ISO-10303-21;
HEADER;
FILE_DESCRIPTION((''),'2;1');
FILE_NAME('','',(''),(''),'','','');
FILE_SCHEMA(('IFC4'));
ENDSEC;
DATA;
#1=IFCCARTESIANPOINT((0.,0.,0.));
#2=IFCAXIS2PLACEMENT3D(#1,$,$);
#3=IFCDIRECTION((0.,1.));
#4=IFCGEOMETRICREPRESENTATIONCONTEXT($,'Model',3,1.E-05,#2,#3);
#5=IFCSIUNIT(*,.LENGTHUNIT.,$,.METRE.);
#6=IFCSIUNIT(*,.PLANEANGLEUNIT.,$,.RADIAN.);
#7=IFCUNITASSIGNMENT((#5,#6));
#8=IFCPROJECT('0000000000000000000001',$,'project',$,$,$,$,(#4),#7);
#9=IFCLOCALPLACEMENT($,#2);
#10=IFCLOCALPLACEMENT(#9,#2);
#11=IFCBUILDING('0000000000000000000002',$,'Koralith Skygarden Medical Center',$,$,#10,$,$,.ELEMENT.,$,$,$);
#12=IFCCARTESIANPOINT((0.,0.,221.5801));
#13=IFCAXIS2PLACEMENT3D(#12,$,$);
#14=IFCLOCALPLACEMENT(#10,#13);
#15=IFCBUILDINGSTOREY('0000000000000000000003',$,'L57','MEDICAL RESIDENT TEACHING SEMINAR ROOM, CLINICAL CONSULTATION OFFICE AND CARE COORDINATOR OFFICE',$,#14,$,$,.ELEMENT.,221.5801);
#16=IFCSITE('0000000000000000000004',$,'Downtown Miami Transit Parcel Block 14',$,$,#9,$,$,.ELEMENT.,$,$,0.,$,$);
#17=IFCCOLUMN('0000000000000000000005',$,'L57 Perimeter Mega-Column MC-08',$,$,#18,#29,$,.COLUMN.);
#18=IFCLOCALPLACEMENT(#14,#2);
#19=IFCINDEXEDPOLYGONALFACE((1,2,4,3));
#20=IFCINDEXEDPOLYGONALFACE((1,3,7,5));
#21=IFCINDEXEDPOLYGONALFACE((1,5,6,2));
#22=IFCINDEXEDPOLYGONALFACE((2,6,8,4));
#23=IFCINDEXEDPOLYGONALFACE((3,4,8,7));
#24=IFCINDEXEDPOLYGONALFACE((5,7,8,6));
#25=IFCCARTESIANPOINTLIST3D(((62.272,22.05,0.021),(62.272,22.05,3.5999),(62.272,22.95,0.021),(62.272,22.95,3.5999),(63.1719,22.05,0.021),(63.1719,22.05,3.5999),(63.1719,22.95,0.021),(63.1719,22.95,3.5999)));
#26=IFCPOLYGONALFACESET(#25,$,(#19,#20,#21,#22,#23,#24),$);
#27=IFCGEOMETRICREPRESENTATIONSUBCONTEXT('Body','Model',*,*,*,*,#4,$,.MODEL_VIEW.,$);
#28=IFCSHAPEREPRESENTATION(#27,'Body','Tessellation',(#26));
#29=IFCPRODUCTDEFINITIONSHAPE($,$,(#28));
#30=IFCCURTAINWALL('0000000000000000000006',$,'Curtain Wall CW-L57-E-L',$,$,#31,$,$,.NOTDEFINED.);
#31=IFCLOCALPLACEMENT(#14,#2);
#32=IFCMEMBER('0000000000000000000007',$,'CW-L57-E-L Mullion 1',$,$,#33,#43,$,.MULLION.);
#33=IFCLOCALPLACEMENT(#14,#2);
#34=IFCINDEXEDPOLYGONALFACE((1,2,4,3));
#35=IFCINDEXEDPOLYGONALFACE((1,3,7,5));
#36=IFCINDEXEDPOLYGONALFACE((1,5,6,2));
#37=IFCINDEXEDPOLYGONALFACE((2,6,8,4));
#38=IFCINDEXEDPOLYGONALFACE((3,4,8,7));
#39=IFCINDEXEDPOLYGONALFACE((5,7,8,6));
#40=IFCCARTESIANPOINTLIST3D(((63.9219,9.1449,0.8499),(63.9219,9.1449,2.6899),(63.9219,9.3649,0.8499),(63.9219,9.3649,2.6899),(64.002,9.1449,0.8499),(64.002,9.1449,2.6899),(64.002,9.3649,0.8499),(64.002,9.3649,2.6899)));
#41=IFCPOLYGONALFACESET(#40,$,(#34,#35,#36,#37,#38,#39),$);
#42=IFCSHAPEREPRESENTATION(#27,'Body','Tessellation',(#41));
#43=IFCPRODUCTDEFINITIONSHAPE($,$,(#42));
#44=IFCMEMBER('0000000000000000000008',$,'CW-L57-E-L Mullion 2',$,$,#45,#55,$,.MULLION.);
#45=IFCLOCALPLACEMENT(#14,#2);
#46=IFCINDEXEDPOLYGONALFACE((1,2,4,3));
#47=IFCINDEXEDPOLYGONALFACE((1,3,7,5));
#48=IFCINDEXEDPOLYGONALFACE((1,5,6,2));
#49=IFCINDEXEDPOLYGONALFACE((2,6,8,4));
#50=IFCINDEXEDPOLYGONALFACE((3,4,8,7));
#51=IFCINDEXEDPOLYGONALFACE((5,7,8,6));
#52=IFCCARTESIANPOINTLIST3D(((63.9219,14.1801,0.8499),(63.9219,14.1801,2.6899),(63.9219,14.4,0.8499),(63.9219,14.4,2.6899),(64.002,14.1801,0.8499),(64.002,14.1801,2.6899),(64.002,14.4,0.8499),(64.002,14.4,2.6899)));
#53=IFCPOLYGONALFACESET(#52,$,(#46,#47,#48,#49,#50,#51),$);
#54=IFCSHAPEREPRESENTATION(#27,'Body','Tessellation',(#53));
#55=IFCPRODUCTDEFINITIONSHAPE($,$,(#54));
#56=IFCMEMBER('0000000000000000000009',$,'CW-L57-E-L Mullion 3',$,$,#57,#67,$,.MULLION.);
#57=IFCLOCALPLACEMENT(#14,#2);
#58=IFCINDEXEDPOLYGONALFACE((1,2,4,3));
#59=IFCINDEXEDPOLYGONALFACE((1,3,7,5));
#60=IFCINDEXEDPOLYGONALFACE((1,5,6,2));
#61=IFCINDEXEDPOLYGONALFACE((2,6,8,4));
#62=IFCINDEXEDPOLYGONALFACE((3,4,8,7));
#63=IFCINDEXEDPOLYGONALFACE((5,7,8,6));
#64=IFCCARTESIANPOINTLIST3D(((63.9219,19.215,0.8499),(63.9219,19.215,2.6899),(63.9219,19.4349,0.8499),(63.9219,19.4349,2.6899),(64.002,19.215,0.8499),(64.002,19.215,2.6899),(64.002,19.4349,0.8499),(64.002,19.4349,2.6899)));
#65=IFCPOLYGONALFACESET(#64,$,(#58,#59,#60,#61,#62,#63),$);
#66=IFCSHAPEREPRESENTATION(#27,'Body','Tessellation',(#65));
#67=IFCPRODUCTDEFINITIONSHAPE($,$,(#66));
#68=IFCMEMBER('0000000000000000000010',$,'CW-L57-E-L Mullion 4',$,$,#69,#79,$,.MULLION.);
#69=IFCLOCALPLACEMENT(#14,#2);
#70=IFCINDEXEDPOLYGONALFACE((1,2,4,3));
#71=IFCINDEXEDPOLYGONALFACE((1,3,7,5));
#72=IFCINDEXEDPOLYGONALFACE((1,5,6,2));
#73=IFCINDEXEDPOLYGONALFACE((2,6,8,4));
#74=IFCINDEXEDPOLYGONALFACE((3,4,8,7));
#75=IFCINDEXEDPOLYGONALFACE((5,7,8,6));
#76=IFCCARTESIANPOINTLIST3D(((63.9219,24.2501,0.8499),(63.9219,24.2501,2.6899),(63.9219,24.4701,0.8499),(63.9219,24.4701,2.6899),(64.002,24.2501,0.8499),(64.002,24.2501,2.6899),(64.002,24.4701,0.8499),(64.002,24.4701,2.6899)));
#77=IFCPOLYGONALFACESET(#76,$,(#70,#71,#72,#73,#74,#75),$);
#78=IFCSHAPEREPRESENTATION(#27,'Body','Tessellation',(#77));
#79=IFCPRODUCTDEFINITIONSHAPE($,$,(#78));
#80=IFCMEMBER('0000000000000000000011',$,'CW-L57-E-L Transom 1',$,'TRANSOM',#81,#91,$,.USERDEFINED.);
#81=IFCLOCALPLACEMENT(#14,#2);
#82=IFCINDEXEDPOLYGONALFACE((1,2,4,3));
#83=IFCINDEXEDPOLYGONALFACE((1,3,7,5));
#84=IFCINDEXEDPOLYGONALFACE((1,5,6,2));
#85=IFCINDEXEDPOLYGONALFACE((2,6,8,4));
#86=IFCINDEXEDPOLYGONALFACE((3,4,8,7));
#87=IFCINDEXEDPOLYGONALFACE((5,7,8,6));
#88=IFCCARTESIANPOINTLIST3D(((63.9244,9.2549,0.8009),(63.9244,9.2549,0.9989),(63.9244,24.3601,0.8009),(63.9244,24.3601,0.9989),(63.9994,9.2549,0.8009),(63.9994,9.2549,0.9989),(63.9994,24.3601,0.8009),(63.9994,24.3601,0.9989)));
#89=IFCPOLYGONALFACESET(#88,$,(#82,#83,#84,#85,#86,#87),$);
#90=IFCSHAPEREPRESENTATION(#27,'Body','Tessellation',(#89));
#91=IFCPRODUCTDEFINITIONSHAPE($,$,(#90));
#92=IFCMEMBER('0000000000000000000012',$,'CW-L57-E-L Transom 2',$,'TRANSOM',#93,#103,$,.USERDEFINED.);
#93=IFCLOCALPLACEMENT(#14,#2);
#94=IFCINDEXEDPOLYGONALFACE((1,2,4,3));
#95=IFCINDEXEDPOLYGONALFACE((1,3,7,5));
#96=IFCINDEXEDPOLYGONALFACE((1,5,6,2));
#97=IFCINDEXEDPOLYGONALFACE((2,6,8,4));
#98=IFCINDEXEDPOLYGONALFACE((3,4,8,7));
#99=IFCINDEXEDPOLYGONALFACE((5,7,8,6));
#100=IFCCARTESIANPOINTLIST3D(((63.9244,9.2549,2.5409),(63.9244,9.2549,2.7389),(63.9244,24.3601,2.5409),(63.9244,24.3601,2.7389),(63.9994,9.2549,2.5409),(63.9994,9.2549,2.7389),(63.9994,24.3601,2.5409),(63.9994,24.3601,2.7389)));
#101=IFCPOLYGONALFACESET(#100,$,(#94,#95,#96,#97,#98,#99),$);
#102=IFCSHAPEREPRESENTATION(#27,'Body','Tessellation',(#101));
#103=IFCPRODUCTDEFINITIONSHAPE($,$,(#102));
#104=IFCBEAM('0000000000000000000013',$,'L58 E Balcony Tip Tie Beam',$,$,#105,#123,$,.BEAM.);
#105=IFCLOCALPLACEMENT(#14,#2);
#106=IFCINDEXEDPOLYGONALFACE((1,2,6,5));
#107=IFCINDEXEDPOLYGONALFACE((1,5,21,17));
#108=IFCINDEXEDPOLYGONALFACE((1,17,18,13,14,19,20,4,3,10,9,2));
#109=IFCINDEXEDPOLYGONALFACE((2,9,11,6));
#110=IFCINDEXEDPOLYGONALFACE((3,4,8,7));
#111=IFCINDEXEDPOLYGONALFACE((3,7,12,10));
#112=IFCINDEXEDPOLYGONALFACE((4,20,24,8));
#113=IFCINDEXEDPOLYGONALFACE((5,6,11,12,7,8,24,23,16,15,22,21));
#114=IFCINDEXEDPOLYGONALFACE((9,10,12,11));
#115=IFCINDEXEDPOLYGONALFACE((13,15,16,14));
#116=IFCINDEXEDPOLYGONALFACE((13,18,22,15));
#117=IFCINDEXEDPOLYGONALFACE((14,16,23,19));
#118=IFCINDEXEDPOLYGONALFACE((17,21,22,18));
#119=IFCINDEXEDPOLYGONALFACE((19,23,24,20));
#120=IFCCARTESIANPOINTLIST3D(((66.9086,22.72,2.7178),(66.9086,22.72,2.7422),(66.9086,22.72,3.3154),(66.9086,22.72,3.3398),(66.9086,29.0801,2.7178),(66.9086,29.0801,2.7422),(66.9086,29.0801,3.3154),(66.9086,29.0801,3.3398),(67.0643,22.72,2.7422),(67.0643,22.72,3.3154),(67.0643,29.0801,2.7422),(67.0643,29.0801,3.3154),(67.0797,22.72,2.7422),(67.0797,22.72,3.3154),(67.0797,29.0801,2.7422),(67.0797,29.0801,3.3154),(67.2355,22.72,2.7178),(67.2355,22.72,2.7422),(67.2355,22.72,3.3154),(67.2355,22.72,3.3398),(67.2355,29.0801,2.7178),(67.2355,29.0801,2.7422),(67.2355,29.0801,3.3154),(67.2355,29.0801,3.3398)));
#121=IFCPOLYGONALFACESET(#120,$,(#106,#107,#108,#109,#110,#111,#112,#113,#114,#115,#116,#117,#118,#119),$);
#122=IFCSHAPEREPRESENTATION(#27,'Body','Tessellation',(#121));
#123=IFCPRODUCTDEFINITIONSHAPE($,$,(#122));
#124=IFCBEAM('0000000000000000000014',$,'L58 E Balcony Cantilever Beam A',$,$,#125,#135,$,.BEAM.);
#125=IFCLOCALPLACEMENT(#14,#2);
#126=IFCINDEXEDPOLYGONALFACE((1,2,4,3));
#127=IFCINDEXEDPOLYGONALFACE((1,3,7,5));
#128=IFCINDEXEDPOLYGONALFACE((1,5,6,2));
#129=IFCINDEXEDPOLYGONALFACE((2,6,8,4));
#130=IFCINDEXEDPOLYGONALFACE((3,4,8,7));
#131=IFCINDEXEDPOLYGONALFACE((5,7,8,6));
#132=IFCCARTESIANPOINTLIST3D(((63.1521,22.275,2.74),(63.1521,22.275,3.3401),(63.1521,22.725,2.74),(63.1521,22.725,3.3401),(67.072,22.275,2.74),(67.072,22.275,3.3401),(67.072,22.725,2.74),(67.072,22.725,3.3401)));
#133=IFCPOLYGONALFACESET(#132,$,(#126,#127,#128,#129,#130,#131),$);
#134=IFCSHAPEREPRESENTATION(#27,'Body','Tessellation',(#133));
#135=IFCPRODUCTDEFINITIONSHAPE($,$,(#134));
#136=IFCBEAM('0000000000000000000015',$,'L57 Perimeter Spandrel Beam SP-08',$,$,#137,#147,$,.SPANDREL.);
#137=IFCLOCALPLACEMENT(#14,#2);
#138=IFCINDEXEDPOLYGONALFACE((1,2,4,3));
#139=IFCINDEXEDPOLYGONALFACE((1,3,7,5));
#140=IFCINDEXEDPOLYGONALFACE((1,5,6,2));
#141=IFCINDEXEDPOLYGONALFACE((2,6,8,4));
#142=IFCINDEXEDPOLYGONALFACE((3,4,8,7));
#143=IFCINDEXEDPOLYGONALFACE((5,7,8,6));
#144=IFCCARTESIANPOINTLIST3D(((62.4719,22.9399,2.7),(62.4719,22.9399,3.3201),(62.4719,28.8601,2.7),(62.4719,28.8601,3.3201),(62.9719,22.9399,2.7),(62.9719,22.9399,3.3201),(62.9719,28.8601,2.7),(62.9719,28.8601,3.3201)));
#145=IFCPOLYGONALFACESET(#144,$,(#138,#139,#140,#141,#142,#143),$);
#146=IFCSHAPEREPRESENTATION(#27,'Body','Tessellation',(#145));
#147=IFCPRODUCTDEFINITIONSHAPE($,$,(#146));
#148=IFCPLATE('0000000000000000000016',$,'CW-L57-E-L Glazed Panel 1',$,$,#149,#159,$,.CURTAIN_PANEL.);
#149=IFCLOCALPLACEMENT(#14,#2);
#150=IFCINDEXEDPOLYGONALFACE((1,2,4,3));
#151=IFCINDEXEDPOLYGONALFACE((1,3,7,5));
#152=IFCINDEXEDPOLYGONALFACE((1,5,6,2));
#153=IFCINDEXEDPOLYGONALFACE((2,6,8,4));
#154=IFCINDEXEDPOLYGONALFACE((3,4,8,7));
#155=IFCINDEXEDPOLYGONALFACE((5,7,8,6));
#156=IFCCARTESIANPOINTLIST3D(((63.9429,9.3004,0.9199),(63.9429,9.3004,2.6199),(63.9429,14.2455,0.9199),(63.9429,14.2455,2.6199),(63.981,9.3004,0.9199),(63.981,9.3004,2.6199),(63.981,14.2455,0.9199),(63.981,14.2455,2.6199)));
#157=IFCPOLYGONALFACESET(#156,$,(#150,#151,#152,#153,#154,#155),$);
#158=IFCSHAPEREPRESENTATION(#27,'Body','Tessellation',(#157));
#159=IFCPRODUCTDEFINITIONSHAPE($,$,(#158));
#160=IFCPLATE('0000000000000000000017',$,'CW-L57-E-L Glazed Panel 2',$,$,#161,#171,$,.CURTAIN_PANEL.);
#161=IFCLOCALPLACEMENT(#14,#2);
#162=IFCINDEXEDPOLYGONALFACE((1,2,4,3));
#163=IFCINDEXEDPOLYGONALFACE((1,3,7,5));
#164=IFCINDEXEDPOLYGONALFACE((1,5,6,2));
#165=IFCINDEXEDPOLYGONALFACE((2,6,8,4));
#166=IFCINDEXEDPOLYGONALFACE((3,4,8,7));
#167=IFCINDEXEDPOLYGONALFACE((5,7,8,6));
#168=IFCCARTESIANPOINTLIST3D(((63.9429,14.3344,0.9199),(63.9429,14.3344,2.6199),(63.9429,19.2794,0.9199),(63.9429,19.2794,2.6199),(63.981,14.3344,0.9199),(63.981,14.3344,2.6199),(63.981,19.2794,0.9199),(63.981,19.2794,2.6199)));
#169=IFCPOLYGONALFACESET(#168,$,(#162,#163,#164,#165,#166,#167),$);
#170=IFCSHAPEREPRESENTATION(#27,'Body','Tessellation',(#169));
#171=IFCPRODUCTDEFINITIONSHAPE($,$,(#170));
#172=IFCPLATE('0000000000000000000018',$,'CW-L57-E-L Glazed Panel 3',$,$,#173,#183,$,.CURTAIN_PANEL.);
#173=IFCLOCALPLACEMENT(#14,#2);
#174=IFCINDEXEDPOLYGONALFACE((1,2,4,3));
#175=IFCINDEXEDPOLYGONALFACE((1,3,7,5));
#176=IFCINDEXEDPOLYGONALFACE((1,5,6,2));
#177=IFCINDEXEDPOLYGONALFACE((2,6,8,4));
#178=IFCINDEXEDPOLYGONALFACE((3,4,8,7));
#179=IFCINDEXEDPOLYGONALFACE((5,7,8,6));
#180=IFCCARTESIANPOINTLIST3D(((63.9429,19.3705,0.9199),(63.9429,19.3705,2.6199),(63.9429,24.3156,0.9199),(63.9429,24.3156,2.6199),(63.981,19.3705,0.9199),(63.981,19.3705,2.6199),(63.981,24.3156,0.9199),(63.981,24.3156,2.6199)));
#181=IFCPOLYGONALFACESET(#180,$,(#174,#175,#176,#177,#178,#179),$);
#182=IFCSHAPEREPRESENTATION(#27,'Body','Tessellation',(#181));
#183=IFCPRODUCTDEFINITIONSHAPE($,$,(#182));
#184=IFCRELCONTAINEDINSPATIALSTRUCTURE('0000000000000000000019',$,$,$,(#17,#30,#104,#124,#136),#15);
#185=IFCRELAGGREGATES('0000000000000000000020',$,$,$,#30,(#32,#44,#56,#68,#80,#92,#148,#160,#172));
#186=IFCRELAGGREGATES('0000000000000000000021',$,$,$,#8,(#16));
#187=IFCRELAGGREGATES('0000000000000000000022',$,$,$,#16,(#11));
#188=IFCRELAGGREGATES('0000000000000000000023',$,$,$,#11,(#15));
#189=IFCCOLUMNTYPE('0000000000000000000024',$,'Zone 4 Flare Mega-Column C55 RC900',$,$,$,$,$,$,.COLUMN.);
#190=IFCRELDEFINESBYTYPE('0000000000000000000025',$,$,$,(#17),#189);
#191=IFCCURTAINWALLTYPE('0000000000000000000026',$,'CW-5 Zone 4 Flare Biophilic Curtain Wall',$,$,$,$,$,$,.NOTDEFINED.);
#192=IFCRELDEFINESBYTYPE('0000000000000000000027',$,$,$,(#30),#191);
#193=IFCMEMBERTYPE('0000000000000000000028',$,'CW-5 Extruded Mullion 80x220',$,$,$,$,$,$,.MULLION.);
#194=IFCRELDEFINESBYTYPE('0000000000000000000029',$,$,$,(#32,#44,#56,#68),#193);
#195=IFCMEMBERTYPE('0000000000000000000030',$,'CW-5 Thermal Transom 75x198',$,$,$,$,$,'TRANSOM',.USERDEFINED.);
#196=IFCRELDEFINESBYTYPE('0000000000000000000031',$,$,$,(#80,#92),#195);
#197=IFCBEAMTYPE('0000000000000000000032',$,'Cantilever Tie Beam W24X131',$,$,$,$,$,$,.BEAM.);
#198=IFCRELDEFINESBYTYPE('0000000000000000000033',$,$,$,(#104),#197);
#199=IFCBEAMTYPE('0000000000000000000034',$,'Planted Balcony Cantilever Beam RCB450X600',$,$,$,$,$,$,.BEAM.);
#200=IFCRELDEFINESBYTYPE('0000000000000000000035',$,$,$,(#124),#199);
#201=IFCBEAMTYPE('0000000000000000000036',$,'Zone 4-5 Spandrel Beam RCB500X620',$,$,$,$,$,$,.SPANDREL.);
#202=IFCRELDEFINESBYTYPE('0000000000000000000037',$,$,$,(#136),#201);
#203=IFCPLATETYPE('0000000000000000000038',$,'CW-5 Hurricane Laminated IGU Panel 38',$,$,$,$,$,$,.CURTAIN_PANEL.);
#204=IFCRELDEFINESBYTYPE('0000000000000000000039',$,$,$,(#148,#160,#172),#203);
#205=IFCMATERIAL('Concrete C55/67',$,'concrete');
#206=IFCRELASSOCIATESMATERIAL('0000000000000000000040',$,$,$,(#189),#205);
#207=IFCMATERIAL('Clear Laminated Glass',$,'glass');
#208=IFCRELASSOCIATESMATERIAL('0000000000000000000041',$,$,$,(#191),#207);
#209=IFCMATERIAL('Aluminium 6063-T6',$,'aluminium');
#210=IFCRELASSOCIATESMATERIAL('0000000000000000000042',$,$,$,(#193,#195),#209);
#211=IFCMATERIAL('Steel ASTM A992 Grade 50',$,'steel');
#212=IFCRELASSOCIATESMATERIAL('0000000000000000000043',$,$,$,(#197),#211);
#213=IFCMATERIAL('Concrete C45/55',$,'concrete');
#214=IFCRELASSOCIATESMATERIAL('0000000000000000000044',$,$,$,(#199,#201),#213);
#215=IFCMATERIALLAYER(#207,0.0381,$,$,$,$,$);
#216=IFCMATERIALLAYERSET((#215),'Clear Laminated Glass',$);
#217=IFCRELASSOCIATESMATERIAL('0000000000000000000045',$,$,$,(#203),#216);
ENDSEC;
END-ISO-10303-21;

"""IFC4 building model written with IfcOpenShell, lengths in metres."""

from ifc_helpers import new_model, si_unit, direction, frame, origin, origin_2d, place, context, subcontext, project, spatial, rectangle, i_section, extrude, material, layer, layer_set, material_profile, profile_set, type_object, element, aggregate, save


model = new_model("IFC4")

# Units and contexts
model_context = context("Model", 3, precision=1e-05, world=origin(), true_north=direction((0.0, 1.0)))
body_context = subcontext(model_context, "Body", "Model", "MODEL_VIEW")
ifc_project = project(units=[si_unit("LENGTHUNIT", "METRE"), si_unit("PLANEANGLEUNIT", "RADIAN")], contexts=[model_context])

# Site, building, storey
site_placement = place(None, origin())
site = spatial("IfcSite", under=ifc_project, at=site_placement, Name="Downtown Miami Transit Parcel Block 14", CompositionType="ELEMENT", RefElevation=0.0)
building_placement = place(site_placement, origin())
building = spatial("IfcBuilding", under=site, at=building_placement, Name="Koralith Skygarden Medical Center", CompositionType="ELEMENT")
storey_placement = place(building_placement, frame((0.0, 0.0, 221.5801)))
storey = spatial("IfcBuildingStorey", under=building, at=storey_placement, Name="L57", Description="MEDICAL RESIDENT TEACHING SEMINAR ROOM, CLINICAL CONSULTATION OFFICE AND CARE COORDINATOR OFFICE", CompositionType="ELEMENT", Elevation=221.5801)

# Column
ifc_material_1 = material(Name="Concrete C55/67", Category="concrete")
ifc_material_profile_1 = material_profile(ifc_material_1, rectangle(XDim=0.8999, YDim=0.8999, at=origin_2d()), Name="RC900X900")
ifc_profile_set_1 = profile_set([ifc_material_profile_1], Name="Concrete C55/67")
column_type = type_object("IfcColumnType", Name="Zone 4 Flare Mega-Column C55 RC900", PredefinedType="COLUMN", material=ifc_profile_set_1)
column_placement = place(storey_placement, frame((62.7219, 22.5, 0.021), z_axis=(0.0, 0.0, 1.0), x_axis=(1.0, 0.0, 0.0)))
element("IfcColumn", 1, at=column_placement, inside=storey, type_object=column_type, Name="L57 Perimeter Mega-Column MC-08", PredefinedType="COLUMN", context=body_context, shape_type="SweptSolid", body=[
    extrude(rectangle(XDim=0.8999, YDim=0.8999, at=origin_2d()), origin(), (0.0, 0.0, 1.0), 3.5789),
])

# Curtain wall, members
ifc_material_2 = material(Name="Clear Laminated Glass", Category="glass")
curtain_wall_type = type_object("IfcCurtainWallType", Name="CW-5 Zone 4 Flare Biophilic Curtain Wall", PredefinedType="NOTDEFINED", material=ifc_material_2)
curtain_wall_placement = place(storey_placement, origin())
curtain_wall = element("IfcCurtainWall", 2, at=curtain_wall_placement, inside=storey, type_object=curtain_wall_type, Name="Curtain Wall CW-L57-E-L", PredefinedType="NOTDEFINED")
ifc_material_3 = material(Name="Aluminium 6063-T6", Category="aluminium")
ifc_material_profile_2 = material_profile(ifc_material_3, rectangle(XDim=0.0801, YDim=0.22, at=origin_2d()), Name="MUL80X220")
ifc_profile_set_2 = profile_set([ifc_material_profile_2], Name="Aluminium 6063-T6")
member_type_1 = type_object("IfcMemberType", Name="CW-5 Extruded Mullion 80x220", PredefinedType="MULLION", material=ifc_profile_set_2)
member_1_placement = place(storey_placement, frame((63.9619, 9.2549, 0.8499), z_axis=(0.0, 0.0, 1.0), x_axis=(1.0, 0.0, 0.0)))
member_1 = element("IfcMember", 3, at=member_1_placement, type_object=member_type_1, Name="CW-L57-E-L Mullion 1", PredefinedType="MULLION", context=body_context, shape_type="SweptSolid", body=[
    extrude(rectangle(XDim=0.0801, YDim=0.22, at=origin_2d()), origin(), (0.0, 0.0, 1.0), 1.8401),
])
member_2_placement = place(storey_placement, frame((63.9619, 14.29, 0.8499), z_axis=(0.0, 0.0, 1.0), x_axis=(1.0, 0.0, 0.0)))
member_2 = element("IfcMember", 4, at=member_2_placement, type_object=member_type_1, Name="CW-L57-E-L Mullion 2", PredefinedType="MULLION", context=body_context, shape_type="SweptSolid", body=[
    extrude(rectangle(XDim=0.0801, YDim=0.22, at=origin_2d()), origin(), (0.0, 0.0, 1.0), 1.8401),
])
member_3_placement = place(storey_placement, frame((63.9619, 19.325, 0.8499), z_axis=(0.0, 0.0, 1.0), x_axis=(1.0, 0.0, 0.0)))
member_3 = element("IfcMember", 5, at=member_3_placement, type_object=member_type_1, Name="CW-L57-E-L Mullion 3", PredefinedType="MULLION", context=body_context, shape_type="SweptSolid", body=[
    extrude(rectangle(XDim=0.0801, YDim=0.22, at=origin_2d()), origin(), (0.0, 0.0, 1.0), 1.8401),
])
member_4_placement = place(storey_placement, frame((63.9619, 24.3601, 0.8499), z_axis=(0.0, 0.0, 1.0), x_axis=(1.0, 0.0, 0.0)))
member_4 = element("IfcMember", 6, at=member_4_placement, type_object=member_type_1, Name="CW-L57-E-L Mullion 4", PredefinedType="MULLION", context=body_context, shape_type="SweptSolid", body=[
    extrude(rectangle(XDim=0.0801, YDim=0.22, at=origin_2d()), origin(), (0.0, 0.0, 1.0), 1.8401),
])
ifc_material_profile_3 = material_profile(ifc_material_3, rectangle(XDim=0.075, YDim=0.198, at=origin_2d()), Name="TRN75X198")
ifc_profile_set_3 = profile_set([ifc_material_profile_3], Name="Aluminium 6063-T6")
member_type_2 = type_object("IfcMemberType", Name="CW-5 Thermal Transom 75x198", ElementType="TRANSOM", PredefinedType="USERDEFINED", material=ifc_profile_set_3)
member_5_placement = place(storey_placement, frame((63.9619, 9.2549, 0.8999), z_axis=(0.0, 1.0, 0.0), x_axis=(-1.0, 0.0, 0.0)))
member_5 = element("IfcMember", 7, at=member_5_placement, type_object=member_type_2, Name="CW-L57-E-L Transom 1", ObjectType="TRANSOM", PredefinedType="USERDEFINED", context=body_context, shape_type="SweptSolid", body=[
    extrude(rectangle(XDim=0.075, YDim=0.198, at=origin_2d()), origin(), (0.0, 0.0, 1.0), 15.1052),
])
member_6_placement = place(storey_placement, frame((63.9619, 9.2549, 2.6399), z_axis=(0.0, 1.0, 0.0), x_axis=(-1.0, 0.0, 0.0)))
member_6 = element("IfcMember", 8, at=member_6_placement, type_object=member_type_2, Name="CW-L57-E-L Transom 2", ObjectType="TRANSOM", PredefinedType="USERDEFINED", context=body_context, shape_type="SweptSolid", body=[
    extrude(rectangle(XDim=0.075, YDim=0.198, at=origin_2d()), origin(), (0.0, 0.0, 1.0), 15.1052),
])

# Beams
ifc_material_4 = material(Name="Steel ASTM A992 Grade 50", Category="steel")
ifc_material_profile_4 = material_profile(ifc_material_4, i_section(OverallWidth=0.3269, OverallDepth=0.6221, WebThickness=0.0154, FlangeThickness=0.0244, at=origin_2d()), Name="W24X131")
ifc_profile_set_4 = profile_set([ifc_material_profile_4], Name="Steel ASTM A992 Grade 50")
beam_type_1 = type_object("IfcBeamType", Name="Cantilever Tie Beam W24X131", PredefinedType="BEAM", material=ifc_profile_set_4)
beam_1_placement = place(storey_placement, frame((67.072, 22.72, 3.0288), z_axis=(0.0, 1.0, 0.0), x_axis=(-1.0, 0.0, 0.0)))
element("IfcBeam", 9, at=beam_1_placement, inside=storey, type_object=beam_type_1, Name="L58 E Balcony Tip Tie Beam", PredefinedType="BEAM", context=body_context, shape_type="SweptSolid", body=[
    extrude(i_section(OverallWidth=0.3269, OverallDepth=0.6221, WebThickness=0.0154, FlangeThickness=0.0244, at=origin_2d()), origin(), (0.0, 0.0, 1.0), 6.3601),
])
ifc_material_5 = material(Name="Concrete C45/55", Category="concrete")
ifc_material_profile_5 = material_profile(ifc_material_5, rectangle(XDim=0.45, YDim=0.6001, at=origin_2d()), Name="RCB450X600")
ifc_profile_set_5 = profile_set([ifc_material_profile_5], Name="Concrete C45/55")
beam_type_2 = type_object("IfcBeamType", Name="Planted Balcony Cantilever Beam RCB450X600", PredefinedType="BEAM", material=ifc_profile_set_5)
beam_2_placement = place(storey_placement, frame((63.1521, 22.5, 3.04), z_axis=(1.0, 0.0, 0.0), x_axis=(0.0, 1.0, 0.0)))
element("IfcBeam", 10, at=beam_2_placement, inside=storey, type_object=beam_type_2, Name="L58 E Balcony Cantilever Beam A", PredefinedType="BEAM", context=body_context, shape_type="SweptSolid", body=[
    extrude(rectangle(XDim=0.45, YDim=0.6001, at=origin_2d()), origin(), (0.0, 0.0, 1.0), 3.9199),
])
ifc_material_profile_6 = material_profile(ifc_material_5, rectangle(XDim=0.5, YDim=0.6201, at=origin_2d()), Name="RCB500X620")
ifc_profile_set_6 = profile_set([ifc_material_profile_6], Name="Concrete C45/55")
beam_type_3 = type_object("IfcBeamType", Name="Zone 4-5 Spandrel Beam RCB500X620", PredefinedType="SPANDREL", material=ifc_profile_set_6)
beam_3_placement = place(storey_placement, frame((62.7219, 22.9399, 3.01), z_axis=(0.0, 1.0, 0.0), x_axis=(-1.0, 0.0, 0.0)))
element("IfcBeam", 11, at=beam_3_placement, inside=storey, type_object=beam_type_3, Name="L57 Perimeter Spandrel Beam SP-08", PredefinedType="SPANDREL", context=body_context, shape_type="SweptSolid", body=[
    extrude(rectangle(XDim=0.5, YDim=0.6201, at=origin_2d()), origin(), (0.0, 0.0, 1.0), 5.9202),
])

# Plates
ifc_layer_1 = layer(ifc_material_2, 0.0381)
ifc_layer_set_1 = layer_set([ifc_layer_1], Name="Clear Laminated Glass")
plate_type = type_object("IfcPlateType", Name="CW-5 Hurricane Laminated IGU Panel 38", PredefinedType="CURTAIN_PANEL", material=ifc_layer_set_1)
plate_1_placement = place(storey_placement, frame((63.9619, 11.7729, 0.9199), z_axis=(0.0, 0.0, 1.0), x_axis=(0.0, 1.0, 0.0)))
plate_1 = element("IfcPlate", 12, at=plate_1_placement, type_object=plate_type, Name="CW-L57-E-L Glazed Panel 1", PredefinedType="CURTAIN_PANEL", context=body_context, shape_type="SweptSolid", body=[
    extrude(rectangle(XDim=4.9451, YDim=0.0381, at=origin_2d()), origin(), (0.0, 0.0, 1.0), 1.7),
])
plate_2_placement = place(storey_placement, frame((63.9619, 16.8069, 0.9199), z_axis=(0.0, 0.0, 1.0), x_axis=(0.0, 1.0, 0.0)))
plate_2 = element("IfcPlate", 13, at=plate_2_placement, type_object=plate_type, Name="CW-L57-E-L Glazed Panel 2", PredefinedType="CURTAIN_PANEL", context=body_context, shape_type="SweptSolid", body=[
    extrude(rectangle(XDim=4.9451, YDim=0.0381, at=origin_2d()), origin(), (0.0, 0.0, 1.0), 1.7),
])
plate_3_placement = place(storey_placement, frame((63.9619, 21.843, 0.9199), z_axis=(0.0, 0.0, 1.0), x_axis=(0.0, 1.0, 0.0)))
plate_3 = element("IfcPlate", 14, at=plate_3_placement, type_object=plate_type, Name="CW-L57-E-L Glazed Panel 3", PredefinedType="CURTAIN_PANEL", context=body_context, shape_type="SweptSolid", body=[
    extrude(rectangle(XDim=4.9451, YDim=0.0381, at=origin_2d()), origin(), (0.0, 0.0, 1.0), 1.7),
])
aggregate(curtain_wall, [member_1, member_2, member_3, member_4, member_5, member_6, plate_1, plate_2, plate_3])

save(model, "model.ifc")
